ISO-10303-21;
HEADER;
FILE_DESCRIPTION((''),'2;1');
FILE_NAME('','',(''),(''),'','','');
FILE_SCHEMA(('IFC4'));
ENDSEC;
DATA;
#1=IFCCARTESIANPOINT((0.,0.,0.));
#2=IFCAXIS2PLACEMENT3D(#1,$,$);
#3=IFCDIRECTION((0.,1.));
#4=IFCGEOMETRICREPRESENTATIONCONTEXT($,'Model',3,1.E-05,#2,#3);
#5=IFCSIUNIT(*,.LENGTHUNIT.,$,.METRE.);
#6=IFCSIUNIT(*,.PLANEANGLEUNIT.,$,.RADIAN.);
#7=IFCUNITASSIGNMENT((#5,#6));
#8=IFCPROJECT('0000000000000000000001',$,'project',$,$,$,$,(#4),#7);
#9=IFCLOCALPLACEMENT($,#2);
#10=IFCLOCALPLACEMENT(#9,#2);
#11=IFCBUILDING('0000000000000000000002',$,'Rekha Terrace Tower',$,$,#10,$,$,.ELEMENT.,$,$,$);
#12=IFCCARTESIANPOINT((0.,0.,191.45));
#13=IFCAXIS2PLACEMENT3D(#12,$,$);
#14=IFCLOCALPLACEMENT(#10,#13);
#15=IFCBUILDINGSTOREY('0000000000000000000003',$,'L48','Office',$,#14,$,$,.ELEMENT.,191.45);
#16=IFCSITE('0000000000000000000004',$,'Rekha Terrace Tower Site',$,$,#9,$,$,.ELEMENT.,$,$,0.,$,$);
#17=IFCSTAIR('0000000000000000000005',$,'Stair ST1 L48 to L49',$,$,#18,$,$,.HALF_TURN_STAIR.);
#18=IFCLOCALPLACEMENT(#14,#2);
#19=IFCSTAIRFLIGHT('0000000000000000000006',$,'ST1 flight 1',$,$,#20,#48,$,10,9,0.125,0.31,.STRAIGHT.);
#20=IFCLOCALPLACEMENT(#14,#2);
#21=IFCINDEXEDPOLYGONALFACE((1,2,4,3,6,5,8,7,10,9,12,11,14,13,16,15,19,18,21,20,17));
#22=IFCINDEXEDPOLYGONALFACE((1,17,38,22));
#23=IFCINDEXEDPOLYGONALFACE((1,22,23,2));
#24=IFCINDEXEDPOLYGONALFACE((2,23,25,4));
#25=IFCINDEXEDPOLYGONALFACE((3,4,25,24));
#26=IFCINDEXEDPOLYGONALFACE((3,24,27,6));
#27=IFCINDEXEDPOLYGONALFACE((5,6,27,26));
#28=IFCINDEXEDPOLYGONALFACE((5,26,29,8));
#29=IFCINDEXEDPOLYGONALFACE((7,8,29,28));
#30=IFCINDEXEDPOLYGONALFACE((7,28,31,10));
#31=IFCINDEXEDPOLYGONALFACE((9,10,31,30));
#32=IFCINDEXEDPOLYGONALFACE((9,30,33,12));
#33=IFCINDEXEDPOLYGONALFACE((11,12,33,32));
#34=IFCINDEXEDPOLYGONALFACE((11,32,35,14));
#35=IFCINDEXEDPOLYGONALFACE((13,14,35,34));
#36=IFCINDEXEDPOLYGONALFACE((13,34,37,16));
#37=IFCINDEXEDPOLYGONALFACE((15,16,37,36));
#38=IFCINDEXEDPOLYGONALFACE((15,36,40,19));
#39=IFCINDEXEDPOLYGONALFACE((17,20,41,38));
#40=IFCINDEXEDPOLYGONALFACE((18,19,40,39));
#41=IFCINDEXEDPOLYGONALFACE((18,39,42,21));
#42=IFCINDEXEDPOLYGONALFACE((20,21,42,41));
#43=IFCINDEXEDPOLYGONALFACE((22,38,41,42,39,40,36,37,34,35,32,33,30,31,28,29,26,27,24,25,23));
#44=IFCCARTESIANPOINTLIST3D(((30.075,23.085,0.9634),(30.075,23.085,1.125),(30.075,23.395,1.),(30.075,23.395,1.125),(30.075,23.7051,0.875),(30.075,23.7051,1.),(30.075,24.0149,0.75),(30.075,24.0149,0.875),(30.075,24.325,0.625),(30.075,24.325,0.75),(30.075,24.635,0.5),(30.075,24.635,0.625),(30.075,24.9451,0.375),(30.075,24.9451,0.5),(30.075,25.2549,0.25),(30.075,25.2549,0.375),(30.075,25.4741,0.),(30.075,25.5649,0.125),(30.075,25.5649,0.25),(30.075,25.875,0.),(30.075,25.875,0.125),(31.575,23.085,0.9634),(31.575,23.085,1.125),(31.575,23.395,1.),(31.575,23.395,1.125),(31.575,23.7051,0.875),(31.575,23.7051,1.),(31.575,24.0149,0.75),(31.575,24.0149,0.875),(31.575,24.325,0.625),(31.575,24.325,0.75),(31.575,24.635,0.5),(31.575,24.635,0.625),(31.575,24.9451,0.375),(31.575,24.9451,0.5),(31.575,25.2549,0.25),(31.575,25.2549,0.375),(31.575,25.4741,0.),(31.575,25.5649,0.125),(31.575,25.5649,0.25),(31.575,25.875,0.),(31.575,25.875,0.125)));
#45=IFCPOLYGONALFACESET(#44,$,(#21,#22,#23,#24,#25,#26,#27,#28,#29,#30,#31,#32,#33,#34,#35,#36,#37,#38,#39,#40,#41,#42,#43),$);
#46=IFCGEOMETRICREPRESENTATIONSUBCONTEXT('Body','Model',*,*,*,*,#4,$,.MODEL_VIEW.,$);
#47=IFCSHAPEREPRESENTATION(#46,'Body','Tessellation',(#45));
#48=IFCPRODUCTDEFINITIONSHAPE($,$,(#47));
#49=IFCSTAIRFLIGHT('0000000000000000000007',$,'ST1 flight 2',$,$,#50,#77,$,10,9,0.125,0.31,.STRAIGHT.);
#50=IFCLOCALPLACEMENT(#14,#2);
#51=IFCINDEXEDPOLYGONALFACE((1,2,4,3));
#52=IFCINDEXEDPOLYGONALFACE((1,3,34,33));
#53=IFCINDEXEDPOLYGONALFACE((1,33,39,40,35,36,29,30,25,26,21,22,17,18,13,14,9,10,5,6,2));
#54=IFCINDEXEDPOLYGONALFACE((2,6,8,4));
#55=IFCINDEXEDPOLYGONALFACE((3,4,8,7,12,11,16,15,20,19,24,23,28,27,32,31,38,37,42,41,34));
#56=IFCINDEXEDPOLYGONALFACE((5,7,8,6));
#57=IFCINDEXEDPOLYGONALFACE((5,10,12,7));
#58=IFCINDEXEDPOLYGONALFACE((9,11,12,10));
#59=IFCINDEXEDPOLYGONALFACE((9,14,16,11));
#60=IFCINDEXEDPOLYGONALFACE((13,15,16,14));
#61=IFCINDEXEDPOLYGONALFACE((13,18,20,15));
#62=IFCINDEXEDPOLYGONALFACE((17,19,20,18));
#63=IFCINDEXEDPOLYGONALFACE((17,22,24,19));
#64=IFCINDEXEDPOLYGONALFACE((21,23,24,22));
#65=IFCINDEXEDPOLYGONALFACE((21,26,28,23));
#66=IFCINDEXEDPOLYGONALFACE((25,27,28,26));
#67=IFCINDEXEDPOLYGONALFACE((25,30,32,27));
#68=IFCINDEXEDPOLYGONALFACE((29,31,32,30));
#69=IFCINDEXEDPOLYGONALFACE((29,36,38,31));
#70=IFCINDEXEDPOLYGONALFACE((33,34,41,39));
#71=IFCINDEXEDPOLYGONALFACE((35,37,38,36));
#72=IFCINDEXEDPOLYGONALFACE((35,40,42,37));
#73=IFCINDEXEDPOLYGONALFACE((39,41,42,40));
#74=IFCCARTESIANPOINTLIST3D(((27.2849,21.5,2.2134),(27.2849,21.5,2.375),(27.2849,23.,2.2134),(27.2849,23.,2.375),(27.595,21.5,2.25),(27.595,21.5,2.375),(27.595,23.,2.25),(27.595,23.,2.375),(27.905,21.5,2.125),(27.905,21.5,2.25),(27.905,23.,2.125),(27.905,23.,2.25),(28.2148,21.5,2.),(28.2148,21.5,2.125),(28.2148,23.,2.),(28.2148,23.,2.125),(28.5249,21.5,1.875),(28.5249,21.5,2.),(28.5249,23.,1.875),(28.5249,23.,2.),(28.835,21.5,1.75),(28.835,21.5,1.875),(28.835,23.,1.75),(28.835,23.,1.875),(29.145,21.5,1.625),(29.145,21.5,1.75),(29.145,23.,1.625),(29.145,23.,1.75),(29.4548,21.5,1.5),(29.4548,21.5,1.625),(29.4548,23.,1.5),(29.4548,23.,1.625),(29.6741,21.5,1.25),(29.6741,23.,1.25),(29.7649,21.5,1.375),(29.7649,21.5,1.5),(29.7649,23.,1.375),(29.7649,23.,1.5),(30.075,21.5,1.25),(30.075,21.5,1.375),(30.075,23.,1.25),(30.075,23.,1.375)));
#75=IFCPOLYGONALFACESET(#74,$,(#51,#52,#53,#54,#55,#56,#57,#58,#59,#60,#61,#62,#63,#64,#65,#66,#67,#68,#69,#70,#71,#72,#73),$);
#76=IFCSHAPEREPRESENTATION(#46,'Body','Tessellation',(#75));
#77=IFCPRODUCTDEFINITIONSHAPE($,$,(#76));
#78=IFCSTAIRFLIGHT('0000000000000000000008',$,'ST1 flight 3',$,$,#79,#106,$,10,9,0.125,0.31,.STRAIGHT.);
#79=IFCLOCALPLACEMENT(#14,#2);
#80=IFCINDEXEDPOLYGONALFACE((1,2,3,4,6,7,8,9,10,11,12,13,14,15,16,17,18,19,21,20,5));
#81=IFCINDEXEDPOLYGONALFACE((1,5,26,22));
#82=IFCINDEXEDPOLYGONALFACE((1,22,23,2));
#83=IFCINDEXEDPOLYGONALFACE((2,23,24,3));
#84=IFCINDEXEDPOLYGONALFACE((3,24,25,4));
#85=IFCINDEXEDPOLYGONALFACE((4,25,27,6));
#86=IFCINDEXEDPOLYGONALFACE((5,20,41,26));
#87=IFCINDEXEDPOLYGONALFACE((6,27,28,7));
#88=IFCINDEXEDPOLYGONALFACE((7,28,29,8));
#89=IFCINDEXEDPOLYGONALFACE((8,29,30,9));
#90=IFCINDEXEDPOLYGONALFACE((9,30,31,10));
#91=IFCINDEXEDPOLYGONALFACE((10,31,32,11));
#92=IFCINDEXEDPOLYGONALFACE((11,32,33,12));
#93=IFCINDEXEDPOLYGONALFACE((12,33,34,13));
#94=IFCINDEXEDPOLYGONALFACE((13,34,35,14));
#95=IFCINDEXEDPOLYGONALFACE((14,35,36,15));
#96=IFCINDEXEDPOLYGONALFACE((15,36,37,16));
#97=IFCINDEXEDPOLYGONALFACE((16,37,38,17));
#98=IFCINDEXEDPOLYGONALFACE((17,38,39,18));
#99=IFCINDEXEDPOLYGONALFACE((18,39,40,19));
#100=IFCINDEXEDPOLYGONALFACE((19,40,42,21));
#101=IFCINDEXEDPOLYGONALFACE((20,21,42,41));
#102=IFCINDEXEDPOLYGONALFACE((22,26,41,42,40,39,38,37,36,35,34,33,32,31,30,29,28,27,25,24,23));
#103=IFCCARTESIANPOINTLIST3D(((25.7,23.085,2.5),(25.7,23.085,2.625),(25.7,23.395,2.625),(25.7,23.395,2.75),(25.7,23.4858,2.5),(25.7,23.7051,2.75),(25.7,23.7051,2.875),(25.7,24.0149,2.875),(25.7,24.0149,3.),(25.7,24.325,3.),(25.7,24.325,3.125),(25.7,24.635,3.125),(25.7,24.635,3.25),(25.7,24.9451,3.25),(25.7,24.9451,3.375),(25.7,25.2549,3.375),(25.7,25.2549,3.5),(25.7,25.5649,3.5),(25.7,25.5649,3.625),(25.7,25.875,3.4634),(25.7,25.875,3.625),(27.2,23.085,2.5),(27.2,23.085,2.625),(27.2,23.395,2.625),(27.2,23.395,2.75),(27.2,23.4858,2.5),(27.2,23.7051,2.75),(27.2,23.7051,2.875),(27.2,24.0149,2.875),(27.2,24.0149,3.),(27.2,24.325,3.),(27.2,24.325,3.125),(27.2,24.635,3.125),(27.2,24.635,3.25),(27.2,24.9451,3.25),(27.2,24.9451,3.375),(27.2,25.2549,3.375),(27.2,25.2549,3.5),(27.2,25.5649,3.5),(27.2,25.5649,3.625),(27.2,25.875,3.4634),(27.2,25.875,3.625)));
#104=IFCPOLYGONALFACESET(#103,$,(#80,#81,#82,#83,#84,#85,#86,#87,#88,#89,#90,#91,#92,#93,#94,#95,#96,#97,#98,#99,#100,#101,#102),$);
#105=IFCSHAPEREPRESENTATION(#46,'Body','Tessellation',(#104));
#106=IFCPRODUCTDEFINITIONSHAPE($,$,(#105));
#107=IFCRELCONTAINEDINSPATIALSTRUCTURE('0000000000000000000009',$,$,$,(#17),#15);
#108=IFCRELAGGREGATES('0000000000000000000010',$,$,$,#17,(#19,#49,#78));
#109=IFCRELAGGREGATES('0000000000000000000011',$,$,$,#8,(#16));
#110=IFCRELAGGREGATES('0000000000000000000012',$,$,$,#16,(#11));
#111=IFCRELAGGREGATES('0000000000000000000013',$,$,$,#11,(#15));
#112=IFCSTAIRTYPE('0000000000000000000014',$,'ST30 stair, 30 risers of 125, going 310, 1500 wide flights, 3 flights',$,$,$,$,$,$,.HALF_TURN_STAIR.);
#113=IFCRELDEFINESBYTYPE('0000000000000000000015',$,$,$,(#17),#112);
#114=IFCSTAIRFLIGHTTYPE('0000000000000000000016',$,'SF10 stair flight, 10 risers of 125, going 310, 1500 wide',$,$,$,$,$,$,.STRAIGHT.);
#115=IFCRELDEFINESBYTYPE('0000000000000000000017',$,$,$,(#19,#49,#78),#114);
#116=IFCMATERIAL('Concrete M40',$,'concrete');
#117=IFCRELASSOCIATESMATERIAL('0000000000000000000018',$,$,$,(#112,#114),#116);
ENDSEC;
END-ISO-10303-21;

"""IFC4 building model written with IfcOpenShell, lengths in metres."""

from ifc_helpers import new_model, si_unit, direction, frame, origin, place, context, subcontext, project, spatial, polyline, outline, extrude, material, type_object, element, aggregate, save


model = new_model("IFC4")

# Units and contexts
model_context = context("Model", 3, precision=1e-05, world=origin(), true_north=direction((0.0, 1.0)))
body_context = subcontext(model_context, "Body", "Model", "MODEL_VIEW")
ifc_project = project(units=[si_unit("LENGTHUNIT", "METRE"), si_unit("PLANEANGLEUNIT", "RADIAN")], contexts=[model_context])

# Site, building, storey
site_placement = place(None, origin())
site = spatial("IfcSite", under=ifc_project, at=site_placement, Name="Rekha Terrace Tower Site", CompositionType="ELEMENT", RefElevation=0.0)
building_placement = place(site_placement, origin())
building = spatial("IfcBuilding", under=site, at=building_placement, Name="Rekha Terrace Tower", CompositionType="ELEMENT")
storey_placement = place(building_placement, frame((0.0, 0.0, 191.45)))
storey = spatial("IfcBuildingStorey", under=building, at=storey_placement, Name="L48", Description="Office", CompositionType="ELEMENT", Elevation=191.45)

# Stair, stair flights
ifc_material_1 = material(Name="Concrete M40", Category="concrete")
stair_type = type_object("IfcStairType", Name="ST30 stair, 30 risers of 125, going 310, 1500 wide flights, 3 flights", PredefinedType="HALF_TURN_STAIR", material=ifc_material_1)
stair_placement = place(storey_placement, origin())
stair = element("IfcStair", 1, at=stair_placement, inside=storey, type_object=stair_type, Name="Stair ST1 L48 to L49", PredefinedType="HALF_TURN_STAIR")
stair_flight_type = type_object("IfcStairFlightType", Name="SF10 stair flight, 10 risers of 125, going 310, 1500 wide", PredefinedType="STRAIGHT", material=ifc_material_1)
stair_flight_1_placement = place(storey_placement, frame((30.825, 25.875, 0.0), z_axis=(0.0, 0.0, 1.0), x_axis=(0.0, -1.0, 0.0)))
stair_flight_1 = element("IfcStairFlight", 2, at=stair_flight_1_placement, type_object=stair_flight_type, Name="ST1 flight 1", NumberOfRisers=10, NumberOfTreads=9, PredefinedType="STRAIGHT", RiserHeight=0.125, TreadLength=0.31, context=body_context, shape_type="SweptSolid", body=[
    extrude(outline(polyline([(0.0, 0.0), (0.0, 0.125), (0.3101, 0.125), (0.3101, 0.25), (0.6201, 0.25), (0.6201, 0.375), (0.9299, 0.375), (0.9299, 0.5), (1.24, 0.5), (1.24, 0.625), (1.55, 0.625), (1.55, 0.75), (1.8601, 0.75), (1.8601, 0.875), (2.1699, 0.875), (2.1699, 1.0), (2.48, 1.0), (2.48, 1.125), (2.79, 1.125), (2.79, 1.25), (2.79, 0.9634), (0.4009, 0.0), (0.0, 0.0)])), frame((0.0, 0.75, 0.0), z_axis=(0.0, -1.0, 0.0), x_axis=(1.0, 0.0, 0.0)), (0.0, 0.0, 1.0), 1.5),
])
stair_flight_2_placement = place(storey_placement, frame((30.075, 22.25, 1.25), z_axis=(0.0, 0.0, 1.0), x_axis=(-1.0, 0.0, 0.0)))
stair_flight_2 = element("IfcStairFlight", 3, at=stair_flight_2_placement, type_object=stair_flight_type, Name="ST1 flight 2", NumberOfRisers=10, NumberOfTreads=9, PredefinedType="STRAIGHT", RiserHeight=0.125, TreadLength=0.31, context=body_context, shape_type="SweptSolid", body=[
    extrude(outline(polyline([(0.0, 0.0), (0.0, 0.125), (0.3101, 0.125), (0.3101, 0.25), (0.6201, 0.25), (0.6201, 0.375), (0.9299, 0.375), (0.9299, 0.5), (1.24, 0.5), (1.24, 0.625), (1.55, 0.625), (1.55, 0.75), (1.8601, 0.75), (1.8601, 0.875), (2.1699, 0.875), (2.1699, 1.0), (2.48, 1.0), (2.48, 1.125), (2.79, 1.125), (2.79, 1.25), (2.79, 0.9634), (0.4009, 0.0), (0.0, 0.0)])), frame((0.0, 0.75, 0.0), z_axis=(0.0, -1.0, 0.0), x_axis=(1.0, 0.0, 0.0)), (0.0, 0.0, 1.0), 1.5),
])
stair_flight_3_placement = place(storey_placement, frame((26.45, 23.085, 2.5), z_axis=(0.0, 0.0, 1.0), x_axis=(0.0, 1.0, 0.0)))
stair_flight_3 = element("IfcStairFlight", 4, at=stair_flight_3_placement, type_object=stair_flight_type, Name="ST1 flight 3", NumberOfRisers=10, NumberOfTreads=9, PredefinedType="STRAIGHT", RiserHeight=0.125, TreadLength=0.31, context=body_context, shape_type="SweptSolid", body=[
    extrude(outline(polyline([(0.0, 0.0), (0.0, 0.125), (0.3101, 0.125), (0.3101, 0.25), (0.6201, 0.25), (0.6201, 0.375), (0.9299, 0.375), (0.9299, 0.5), (1.24, 0.5), (1.24, 0.625), (1.55, 0.625), (1.55, 0.75), (1.8601, 0.75), (1.8601, 0.875), (2.1699, 0.875), (2.1699, 1.0), (2.48, 1.0), (2.48, 1.125), (2.79, 1.125), (2.79, 1.25), (2.79, 0.9634), (0.4009, 0.0), (0.0, 0.0)])), frame((0.0, 0.75, 0.0), z_axis=(0.0, -1.0, 0.0), x_axis=(1.0, 0.0, 0.0)), (0.0, 0.0, 1.0), 1.5),
])
aggregate(stair, [stair_flight_1, stair_flight_2, stair_flight_3])

save(model, "model.ifc")
